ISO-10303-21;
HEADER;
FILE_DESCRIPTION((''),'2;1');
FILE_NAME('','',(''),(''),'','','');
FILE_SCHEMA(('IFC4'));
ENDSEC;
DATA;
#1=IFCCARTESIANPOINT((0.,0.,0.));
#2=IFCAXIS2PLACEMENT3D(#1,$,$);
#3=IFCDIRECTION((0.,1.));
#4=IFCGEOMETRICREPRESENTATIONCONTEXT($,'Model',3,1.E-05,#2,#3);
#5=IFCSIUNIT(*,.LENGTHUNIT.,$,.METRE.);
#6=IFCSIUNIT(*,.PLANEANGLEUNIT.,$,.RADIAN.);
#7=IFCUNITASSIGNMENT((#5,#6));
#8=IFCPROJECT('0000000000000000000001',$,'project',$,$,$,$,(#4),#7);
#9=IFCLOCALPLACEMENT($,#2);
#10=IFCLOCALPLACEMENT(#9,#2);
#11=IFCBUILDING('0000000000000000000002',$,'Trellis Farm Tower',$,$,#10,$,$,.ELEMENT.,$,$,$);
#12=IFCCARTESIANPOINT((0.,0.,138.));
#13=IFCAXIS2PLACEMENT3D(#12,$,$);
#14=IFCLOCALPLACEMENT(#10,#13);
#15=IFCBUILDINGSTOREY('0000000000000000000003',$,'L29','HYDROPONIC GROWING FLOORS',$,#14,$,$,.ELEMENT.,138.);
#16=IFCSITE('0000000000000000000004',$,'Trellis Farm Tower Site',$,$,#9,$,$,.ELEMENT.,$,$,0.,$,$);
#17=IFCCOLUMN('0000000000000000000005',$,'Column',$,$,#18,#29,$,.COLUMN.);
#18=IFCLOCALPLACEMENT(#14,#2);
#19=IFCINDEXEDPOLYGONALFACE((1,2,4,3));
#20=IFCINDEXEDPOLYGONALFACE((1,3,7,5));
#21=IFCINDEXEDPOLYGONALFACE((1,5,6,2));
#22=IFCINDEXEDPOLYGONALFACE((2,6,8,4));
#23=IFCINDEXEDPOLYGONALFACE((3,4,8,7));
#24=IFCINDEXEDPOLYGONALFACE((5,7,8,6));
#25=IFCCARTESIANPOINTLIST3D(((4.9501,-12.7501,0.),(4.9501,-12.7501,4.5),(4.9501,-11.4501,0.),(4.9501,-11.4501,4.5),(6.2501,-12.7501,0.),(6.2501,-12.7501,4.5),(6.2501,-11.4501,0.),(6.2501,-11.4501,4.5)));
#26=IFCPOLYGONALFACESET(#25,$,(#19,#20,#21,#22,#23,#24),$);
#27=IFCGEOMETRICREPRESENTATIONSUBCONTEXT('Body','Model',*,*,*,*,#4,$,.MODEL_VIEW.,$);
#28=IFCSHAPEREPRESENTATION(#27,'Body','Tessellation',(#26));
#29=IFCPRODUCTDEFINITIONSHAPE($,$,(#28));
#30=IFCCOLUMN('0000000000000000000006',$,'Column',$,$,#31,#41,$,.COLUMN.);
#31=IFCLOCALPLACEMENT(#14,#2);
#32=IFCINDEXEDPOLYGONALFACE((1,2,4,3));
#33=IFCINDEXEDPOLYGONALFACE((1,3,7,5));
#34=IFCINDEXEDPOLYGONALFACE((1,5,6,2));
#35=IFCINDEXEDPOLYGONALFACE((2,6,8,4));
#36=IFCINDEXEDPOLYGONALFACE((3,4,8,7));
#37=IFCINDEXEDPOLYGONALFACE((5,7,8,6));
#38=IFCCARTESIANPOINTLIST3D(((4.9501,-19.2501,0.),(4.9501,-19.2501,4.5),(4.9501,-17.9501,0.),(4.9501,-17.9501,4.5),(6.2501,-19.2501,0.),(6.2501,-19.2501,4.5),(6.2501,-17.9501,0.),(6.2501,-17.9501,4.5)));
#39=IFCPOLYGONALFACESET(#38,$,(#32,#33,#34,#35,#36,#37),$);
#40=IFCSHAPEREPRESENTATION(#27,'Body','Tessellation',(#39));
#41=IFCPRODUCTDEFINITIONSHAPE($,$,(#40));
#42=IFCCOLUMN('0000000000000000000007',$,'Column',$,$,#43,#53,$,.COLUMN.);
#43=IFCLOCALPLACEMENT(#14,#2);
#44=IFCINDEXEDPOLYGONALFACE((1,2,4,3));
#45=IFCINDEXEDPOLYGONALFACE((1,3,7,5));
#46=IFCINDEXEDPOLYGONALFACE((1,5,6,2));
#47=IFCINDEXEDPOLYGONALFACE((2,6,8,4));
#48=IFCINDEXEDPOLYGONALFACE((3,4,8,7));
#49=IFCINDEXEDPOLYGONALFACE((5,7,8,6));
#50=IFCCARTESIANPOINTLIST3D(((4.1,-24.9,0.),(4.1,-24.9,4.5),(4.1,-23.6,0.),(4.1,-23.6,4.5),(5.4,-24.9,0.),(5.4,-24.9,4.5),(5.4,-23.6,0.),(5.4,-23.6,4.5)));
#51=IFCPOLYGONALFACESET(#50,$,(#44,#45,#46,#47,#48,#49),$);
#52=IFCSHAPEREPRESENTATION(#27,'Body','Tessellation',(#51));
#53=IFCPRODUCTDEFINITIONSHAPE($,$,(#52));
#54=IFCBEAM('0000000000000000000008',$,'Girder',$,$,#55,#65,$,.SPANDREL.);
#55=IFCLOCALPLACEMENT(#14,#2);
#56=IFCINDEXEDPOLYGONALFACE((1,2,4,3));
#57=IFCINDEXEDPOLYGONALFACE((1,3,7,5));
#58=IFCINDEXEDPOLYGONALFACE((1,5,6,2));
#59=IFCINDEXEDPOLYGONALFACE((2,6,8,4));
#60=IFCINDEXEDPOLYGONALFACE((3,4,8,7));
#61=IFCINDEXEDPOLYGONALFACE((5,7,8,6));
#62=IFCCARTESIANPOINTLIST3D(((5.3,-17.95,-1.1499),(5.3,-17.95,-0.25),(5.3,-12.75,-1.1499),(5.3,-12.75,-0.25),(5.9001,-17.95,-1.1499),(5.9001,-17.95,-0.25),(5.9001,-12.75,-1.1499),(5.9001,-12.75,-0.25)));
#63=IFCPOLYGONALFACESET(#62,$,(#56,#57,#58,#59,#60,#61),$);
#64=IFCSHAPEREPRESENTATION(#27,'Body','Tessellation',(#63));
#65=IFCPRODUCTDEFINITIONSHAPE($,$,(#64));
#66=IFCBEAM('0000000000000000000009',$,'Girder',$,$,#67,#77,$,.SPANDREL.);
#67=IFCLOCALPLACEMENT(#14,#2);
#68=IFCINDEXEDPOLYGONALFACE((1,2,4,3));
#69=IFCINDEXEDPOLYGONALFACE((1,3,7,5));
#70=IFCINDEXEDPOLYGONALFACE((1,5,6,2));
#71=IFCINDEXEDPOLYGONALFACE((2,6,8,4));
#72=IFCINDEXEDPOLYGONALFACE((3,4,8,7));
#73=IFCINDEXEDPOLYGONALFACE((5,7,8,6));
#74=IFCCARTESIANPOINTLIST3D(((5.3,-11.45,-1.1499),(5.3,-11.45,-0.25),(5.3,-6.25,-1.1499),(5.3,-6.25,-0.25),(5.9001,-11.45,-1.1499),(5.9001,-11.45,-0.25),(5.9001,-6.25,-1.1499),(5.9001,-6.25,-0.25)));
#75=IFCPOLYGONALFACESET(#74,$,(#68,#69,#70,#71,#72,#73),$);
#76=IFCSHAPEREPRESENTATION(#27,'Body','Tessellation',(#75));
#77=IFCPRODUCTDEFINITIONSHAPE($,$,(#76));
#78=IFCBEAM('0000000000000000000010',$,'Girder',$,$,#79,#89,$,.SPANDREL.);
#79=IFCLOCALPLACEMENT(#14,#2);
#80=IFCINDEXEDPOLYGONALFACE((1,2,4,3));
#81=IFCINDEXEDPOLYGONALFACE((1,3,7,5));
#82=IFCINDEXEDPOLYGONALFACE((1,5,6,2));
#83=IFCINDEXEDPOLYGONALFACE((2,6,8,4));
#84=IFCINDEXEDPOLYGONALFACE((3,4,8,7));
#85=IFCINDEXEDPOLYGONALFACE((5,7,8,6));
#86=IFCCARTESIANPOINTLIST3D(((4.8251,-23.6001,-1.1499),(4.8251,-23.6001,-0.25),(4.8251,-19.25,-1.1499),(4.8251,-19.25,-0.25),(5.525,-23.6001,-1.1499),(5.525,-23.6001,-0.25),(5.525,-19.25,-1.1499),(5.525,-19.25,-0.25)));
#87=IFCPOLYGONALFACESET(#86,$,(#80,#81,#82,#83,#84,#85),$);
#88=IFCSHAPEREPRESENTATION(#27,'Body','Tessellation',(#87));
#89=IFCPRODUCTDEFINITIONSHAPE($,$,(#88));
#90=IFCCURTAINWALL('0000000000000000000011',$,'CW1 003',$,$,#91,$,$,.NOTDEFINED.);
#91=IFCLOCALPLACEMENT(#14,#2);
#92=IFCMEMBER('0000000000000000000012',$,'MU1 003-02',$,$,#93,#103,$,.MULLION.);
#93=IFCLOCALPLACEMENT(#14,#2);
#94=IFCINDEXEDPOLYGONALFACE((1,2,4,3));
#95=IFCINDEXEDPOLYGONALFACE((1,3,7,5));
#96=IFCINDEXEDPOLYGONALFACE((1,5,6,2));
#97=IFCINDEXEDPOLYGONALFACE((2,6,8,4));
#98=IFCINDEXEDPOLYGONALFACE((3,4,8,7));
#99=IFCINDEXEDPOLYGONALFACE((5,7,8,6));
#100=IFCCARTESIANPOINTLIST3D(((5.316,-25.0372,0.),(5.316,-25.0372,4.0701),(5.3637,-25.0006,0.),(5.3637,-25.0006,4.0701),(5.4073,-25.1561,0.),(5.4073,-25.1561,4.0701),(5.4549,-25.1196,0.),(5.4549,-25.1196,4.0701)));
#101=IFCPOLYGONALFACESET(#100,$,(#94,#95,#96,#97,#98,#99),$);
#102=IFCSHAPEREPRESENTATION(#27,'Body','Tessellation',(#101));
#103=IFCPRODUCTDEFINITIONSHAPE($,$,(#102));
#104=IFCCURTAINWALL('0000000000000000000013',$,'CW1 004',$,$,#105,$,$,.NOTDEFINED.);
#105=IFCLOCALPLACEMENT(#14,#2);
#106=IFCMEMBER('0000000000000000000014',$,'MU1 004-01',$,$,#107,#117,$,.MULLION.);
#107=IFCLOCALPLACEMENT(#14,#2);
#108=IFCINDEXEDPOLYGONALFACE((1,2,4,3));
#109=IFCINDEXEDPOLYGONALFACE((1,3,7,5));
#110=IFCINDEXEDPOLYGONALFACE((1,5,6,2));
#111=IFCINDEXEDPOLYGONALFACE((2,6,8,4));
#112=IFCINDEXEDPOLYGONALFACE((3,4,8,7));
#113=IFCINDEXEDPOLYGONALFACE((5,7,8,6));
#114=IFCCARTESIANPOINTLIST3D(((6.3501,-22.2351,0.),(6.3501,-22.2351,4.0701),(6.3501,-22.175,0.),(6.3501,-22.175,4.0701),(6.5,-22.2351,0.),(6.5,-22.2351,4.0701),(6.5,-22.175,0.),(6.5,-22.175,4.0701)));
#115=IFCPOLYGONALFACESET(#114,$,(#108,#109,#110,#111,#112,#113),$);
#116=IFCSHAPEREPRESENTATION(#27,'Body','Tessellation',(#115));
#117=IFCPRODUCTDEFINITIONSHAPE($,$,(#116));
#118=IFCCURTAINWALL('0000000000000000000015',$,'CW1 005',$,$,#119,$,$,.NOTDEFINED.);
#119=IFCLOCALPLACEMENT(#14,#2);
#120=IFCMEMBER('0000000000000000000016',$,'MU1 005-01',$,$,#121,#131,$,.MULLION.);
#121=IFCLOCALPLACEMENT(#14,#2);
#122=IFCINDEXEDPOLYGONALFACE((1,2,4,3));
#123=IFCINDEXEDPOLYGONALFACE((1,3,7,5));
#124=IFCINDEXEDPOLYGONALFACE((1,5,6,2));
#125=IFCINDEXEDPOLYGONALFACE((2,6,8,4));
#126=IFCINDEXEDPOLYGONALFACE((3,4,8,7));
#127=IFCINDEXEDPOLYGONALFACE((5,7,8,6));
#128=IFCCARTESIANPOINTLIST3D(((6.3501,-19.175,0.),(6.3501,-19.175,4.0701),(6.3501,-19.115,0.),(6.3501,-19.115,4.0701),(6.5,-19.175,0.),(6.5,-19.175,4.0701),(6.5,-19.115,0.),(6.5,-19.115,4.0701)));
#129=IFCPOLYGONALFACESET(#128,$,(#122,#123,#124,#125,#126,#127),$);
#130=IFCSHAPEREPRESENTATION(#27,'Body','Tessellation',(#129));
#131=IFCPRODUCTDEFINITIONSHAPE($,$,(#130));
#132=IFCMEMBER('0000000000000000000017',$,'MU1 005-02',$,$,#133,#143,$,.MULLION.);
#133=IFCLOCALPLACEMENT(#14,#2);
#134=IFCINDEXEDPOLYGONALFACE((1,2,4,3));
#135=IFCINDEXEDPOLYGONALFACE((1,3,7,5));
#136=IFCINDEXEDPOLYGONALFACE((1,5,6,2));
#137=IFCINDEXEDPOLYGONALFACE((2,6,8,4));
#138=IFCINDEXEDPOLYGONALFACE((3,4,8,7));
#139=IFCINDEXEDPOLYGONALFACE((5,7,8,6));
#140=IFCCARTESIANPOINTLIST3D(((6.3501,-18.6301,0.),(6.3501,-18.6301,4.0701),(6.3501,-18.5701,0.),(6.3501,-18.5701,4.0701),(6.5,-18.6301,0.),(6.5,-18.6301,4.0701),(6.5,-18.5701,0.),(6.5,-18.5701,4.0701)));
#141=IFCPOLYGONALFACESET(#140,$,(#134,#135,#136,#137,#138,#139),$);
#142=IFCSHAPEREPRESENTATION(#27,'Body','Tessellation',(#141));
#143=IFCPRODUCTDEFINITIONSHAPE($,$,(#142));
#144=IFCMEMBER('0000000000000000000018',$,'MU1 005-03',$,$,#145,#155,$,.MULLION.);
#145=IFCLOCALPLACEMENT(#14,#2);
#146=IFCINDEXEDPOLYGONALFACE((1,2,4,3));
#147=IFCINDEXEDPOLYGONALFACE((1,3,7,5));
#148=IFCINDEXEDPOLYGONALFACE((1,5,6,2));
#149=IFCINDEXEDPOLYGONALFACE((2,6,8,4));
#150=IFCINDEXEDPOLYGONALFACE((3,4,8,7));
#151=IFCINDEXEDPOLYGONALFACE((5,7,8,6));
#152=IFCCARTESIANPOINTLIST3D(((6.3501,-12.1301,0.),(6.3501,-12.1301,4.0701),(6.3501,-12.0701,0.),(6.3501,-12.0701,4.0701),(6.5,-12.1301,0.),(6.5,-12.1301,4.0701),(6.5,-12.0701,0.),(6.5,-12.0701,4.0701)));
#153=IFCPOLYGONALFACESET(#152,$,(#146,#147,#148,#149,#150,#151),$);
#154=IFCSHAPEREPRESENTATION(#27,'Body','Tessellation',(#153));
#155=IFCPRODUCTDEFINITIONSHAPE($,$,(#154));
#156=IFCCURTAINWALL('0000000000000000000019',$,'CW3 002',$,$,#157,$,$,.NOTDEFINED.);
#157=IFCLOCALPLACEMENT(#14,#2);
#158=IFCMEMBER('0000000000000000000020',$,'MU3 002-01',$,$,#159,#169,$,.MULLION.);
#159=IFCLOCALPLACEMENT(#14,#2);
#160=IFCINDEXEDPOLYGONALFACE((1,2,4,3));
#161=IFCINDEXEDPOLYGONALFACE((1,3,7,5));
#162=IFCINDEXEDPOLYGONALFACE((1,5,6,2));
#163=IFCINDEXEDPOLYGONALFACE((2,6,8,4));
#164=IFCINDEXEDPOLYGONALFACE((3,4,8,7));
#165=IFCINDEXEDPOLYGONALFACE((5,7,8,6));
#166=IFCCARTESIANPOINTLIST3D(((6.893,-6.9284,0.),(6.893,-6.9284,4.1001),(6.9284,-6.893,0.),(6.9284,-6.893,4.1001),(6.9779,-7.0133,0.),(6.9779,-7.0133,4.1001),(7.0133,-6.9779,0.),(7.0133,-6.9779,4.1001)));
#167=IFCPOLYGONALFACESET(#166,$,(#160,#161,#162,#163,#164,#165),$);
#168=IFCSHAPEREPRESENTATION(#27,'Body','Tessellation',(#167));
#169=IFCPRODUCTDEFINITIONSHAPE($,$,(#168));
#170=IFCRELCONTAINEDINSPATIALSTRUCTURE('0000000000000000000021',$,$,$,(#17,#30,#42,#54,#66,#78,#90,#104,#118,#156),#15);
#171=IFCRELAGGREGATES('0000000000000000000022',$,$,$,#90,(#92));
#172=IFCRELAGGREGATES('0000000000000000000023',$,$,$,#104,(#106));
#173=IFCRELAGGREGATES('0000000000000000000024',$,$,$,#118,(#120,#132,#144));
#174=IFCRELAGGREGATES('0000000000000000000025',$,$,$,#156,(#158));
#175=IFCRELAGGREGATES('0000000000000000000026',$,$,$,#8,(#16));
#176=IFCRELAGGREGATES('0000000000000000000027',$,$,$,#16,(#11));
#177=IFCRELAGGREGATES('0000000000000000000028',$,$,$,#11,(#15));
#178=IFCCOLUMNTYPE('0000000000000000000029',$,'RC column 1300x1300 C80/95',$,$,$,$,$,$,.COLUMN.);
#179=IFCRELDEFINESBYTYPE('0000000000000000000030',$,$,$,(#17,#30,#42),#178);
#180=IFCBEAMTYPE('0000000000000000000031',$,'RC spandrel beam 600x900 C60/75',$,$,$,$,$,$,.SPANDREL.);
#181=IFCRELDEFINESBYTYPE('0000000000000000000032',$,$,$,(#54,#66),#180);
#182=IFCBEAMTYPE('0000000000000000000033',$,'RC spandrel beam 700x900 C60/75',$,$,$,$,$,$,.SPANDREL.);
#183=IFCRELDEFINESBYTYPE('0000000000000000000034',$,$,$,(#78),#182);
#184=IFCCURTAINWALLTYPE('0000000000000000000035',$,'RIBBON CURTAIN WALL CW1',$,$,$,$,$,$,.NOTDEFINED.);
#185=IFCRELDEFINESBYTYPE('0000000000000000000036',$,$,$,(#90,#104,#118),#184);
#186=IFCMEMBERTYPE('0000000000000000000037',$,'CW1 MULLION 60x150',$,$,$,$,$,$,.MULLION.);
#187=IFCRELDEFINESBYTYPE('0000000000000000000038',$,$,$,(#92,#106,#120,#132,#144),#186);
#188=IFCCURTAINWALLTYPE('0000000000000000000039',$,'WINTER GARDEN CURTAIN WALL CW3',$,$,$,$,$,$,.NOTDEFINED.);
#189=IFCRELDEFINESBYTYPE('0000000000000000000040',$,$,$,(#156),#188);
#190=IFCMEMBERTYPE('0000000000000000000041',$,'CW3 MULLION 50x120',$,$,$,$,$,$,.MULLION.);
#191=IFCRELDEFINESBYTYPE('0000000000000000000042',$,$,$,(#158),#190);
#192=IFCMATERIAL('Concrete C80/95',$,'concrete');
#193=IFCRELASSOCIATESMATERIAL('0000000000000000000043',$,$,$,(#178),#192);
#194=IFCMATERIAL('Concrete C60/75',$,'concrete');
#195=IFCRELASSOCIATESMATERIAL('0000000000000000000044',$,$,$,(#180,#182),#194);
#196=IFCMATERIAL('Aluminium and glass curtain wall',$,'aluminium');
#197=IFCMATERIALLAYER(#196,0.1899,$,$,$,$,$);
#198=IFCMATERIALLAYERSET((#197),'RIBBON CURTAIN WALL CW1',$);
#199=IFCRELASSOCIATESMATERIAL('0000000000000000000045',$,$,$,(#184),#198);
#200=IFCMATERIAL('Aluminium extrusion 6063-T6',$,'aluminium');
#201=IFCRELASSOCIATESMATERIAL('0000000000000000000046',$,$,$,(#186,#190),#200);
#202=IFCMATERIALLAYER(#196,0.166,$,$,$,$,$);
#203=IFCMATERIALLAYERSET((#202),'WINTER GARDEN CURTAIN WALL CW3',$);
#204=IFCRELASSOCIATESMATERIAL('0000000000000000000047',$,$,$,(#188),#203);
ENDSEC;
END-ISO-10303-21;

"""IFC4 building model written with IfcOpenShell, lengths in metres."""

from ifc_helpers import new_model, si_unit, direction, frame, origin, origin_2d, place, context, subcontext, project, spatial, rectangle, extrude, source, transform, mapped, material, layer, layer_set, material_profile, profile_set, type_object, element, aggregate, save


model = new_model("IFC4")

# Units and contexts
model_context = context("Model", 3, precision=1e-05, world=origin(), true_north=direction((0.0, 1.0)))
body_context = subcontext(model_context, "Body", "Model", "MODEL_VIEW")
ifc_project = project(units=[si_unit("LENGTHUNIT", "METRE"), si_unit("PLANEANGLEUNIT", "RADIAN")], contexts=[model_context])

# Site, building, storey
site_placement = place(None, origin())
site = spatial("IfcSite", under=ifc_project, at=site_placement, Name="Trellis Farm Tower Site", CompositionType="ELEMENT", RefElevation=0.0)
building_placement = place(site_placement, origin())
building = spatial("IfcBuilding", under=site, at=building_placement, Name="Trellis Farm Tower", CompositionType="ELEMENT")
storey_placement = place(building_placement, frame((0.0, 0.0, 138.0)))
storey = spatial("IfcBuildingStorey", under=building, at=storey_placement, Name="L29", Description="HYDROPONIC GROWING FLOORS", CompositionType="ELEMENT", Elevation=138.0)

# Columns
ifc_material_1 = material(Name="Concrete C80/95", Category="concrete")
ifc_material_profile_1 = material_profile(ifc_material_1, rectangle(XDim=1.3, YDim=1.3, at=origin_2d()), Name="RC column 1300x1300 C80/95")
ifc_profile_set_1 = profile_set([ifc_material_profile_1], Name="Concrete C80/95")
column_type = type_object("IfcColumnType", Name="RC column 1300x1300 C80/95", PredefinedType="COLUMN", material=ifc_profile_set_1)
shared_shape_1 = source(origin(), body_context, "Body", "SweptSolid", [
    extrude(rectangle(XDim=1.3, YDim=1.3, at=origin_2d()), origin(), (0.0, 0.0, 1.0), 4.5),
])
for number, where, z_axis, x_axis, name in (
    (1, (5.6001, -12.1001, 0.0), (0.0, 0.0, 1.0), (1.0, 0.0, 0.0), "Column"),
    (2, (5.6001, -18.6001, 0.0), (0.0, 0.0, 1.0), (1.0, 0.0, 0.0), "Column"),
    (3, (4.75, -24.25, 0.0), (0.0, 0.0, 1.0), (1.0, 0.0, 0.0), "Column"),
):
    element("IfcColumn", number, at=place(storey_placement, frame(where, z_axis=z_axis, x_axis=x_axis)), inside=storey, type_object=column_type, Name=name, PredefinedType="COLUMN", context=body_context, shape_type="MappedRepresentation", body=[
        mapped(shared_shape_1, transform((0.0, 0.0, 0.0))),
    ])

# Beams
ifc_material_2 = material(Name="Concrete C60/75", Category="concrete")
ifc_material_profile_2 = material_profile(ifc_material_2, rectangle(XDim=0.6001, YDim=0.8999, at=origin_2d()), Name="RC spandrel beam 600x900 C60/75")
ifc_profile_set_2 = profile_set([ifc_material_profile_2], Name="Concrete C60/75")
beam_type_1 = type_object("IfcBeamType", Name="RC spandrel beam 600x900 C60/75", PredefinedType="SPANDREL", material=ifc_profile_set_2)
shared_shape_2 = source(origin(), body_context, "Body", "SweptSolid", [
    extrude(rectangle(XDim=0.6001, YDim=0.8999, at=origin_2d()), origin(), (0.0, 0.0, 1.0), 5.2),
])
for number, where, z_axis, x_axis, name in (
    (4, (5.6001, -17.95, -0.7), (0.0, 1.0, 0.0), (-1.0, 0.0, 0.0), "Girder"),
    (5, (5.6001, -11.45, -0.7), (0.0, 1.0, 0.0), (-1.0, 0.0, 0.0), "Girder"),
):
    element("IfcBeam", number, at=place(storey_placement, frame(where, z_axis=z_axis, x_axis=x_axis)), inside=storey, type_object=beam_type_1, Name=name, PredefinedType="SPANDREL", context=body_context, shape_type="MappedRepresentation", body=[
        mapped(shared_shape_2, transform((0.0, 0.0, 0.0))),
    ])
ifc_material_profile_3 = material_profile(ifc_material_2, rectangle(XDim=0.7, YDim=0.8999, at=origin_2d()), Name="RC spandrel beam 700x900 C60/75")
ifc_profile_set_3 = profile_set([ifc_material_profile_3], Name="Concrete C60/75")
beam_type_2 = type_object("IfcBeamType", Name="RC spandrel beam 700x900 C60/75", PredefinedType="SPANDREL", material=ifc_profile_set_3)
shared_shape_3 = source(origin(), body_context, "Body", "SweptSolid", [
    extrude(rectangle(XDim=0.7, YDim=0.8999, at=origin_2d()), origin(), (0.0, 0.0, 1.0), 4.3501),
])
beam_placement = place(storey_placement, frame((5.175, -23.6001, -0.7), z_axis=(0.0, 1.0, 0.0), x_axis=(-1.0, 0.0, 0.0)))
element("IfcBeam", 6, at=beam_placement, inside=storey, type_object=beam_type_2, Name="Girder", PredefinedType="SPANDREL", context=body_context, shape_type="MappedRepresentation", body=[
    mapped(shared_shape_3, transform((0.0, 0.0, 0.0))),
])

# Curtain walls, members
ifc_material_3 = material(Name="Aluminium and glass curtain wall", Category="aluminium")
ifc_layer_1 = layer(ifc_material_3, 0.1899)
ifc_layer_set_1 = layer_set([ifc_layer_1], Name="RIBBON CURTAIN WALL CW1")
curtain_wall_type_1 = type_object("IfcCurtainWallType", Name="RIBBON CURTAIN WALL CW1", PredefinedType="NOTDEFINED", material=ifc_layer_set_1)
placement = place(storey_placement, origin())
curtain_wall_1 = element("IfcCurtainWall", 7, at=placement, inside=storey, type_object=curtain_wall_type_1, Name="CW1 003", PredefinedType="NOTDEFINED")
ifc_material_4 = material(Name="Aluminium extrusion 6063-T6", Category="aluminium")
ifc_material_profile_4 = material_profile(ifc_material_4, rectangle(XDim=0.0601, YDim=0.1499, at=origin_2d()), Name="MULLION 60x150")
ifc_profile_set_4 = profile_set([ifc_material_profile_4], Name="Aluminium extrusion 6063-T6")
member_type_1 = type_object("IfcMemberType", Name="CW1 MULLION 60x150", PredefinedType="MULLION", material=ifc_profile_set_4)
shared_shape_4 = source(origin(), body_context, "Body", "SweptSolid", [
    extrude(rectangle(XDim=0.0601, YDim=0.1499, at=origin_2d()), origin(), (0.0, 0.0, 1.0), 4.0701),
])
member_1_placement = place(storey_placement, frame((5.3855, -25.0784, 0.0), z_axis=(0.0, 0.0, 1.0), x_axis=(0.793353, 0.608761, 0.0)))
member_1 = element("IfcMember", 8, at=member_1_placement, type_object=member_type_1, Name="MU1 003-02", PredefinedType="MULLION", context=body_context, shape_type="MappedRepresentation", body=[
    mapped(shared_shape_4, transform((0.0, 0.0, 0.0))),
])
aggregate(curtain_wall_1, [member_1])
curtain_wall_2 = element("IfcCurtainWall", 9, at=placement, inside=storey, type_object=curtain_wall_type_1, Name="CW1 004", PredefinedType="NOTDEFINED")
member_2_placement = place(storey_placement, frame((6.425, -22.2051, 0.0), z_axis=(0.0, 0.0, 1.0), x_axis=(0.0, 1.0, 0.0)))
member_2 = element("IfcMember", 10, at=member_2_placement, type_object=member_type_1, Name="MU1 004-01", PredefinedType="MULLION", context=body_context, shape_type="MappedRepresentation", body=[
    mapped(shared_shape_4, transform((0.0, 0.0, 0.0))),
])
aggregate(curtain_wall_2, [member_2])

# Curtain wall, members
curtain_wall_3 = element("IfcCurtainWall", 11, at=placement, inside=storey, type_object=curtain_wall_type_1, Name="CW1 005", PredefinedType="NOTDEFINED")
member_3_placement = place(storey_placement, frame((6.425, -19.145, 0.0), z_axis=(0.0, 0.0, 1.0), x_axis=(0.0, 1.0, 0.0)))
member_3 = element("IfcMember", 12, at=member_3_placement, type_object=member_type_1, Name="MU1 005-01", PredefinedType="MULLION", context=body_context, shape_type="MappedRepresentation", body=[
    mapped(shared_shape_4, transform((0.0, 0.0, 0.0))),
])
member_4_placement = place(storey_placement, frame((6.425, -18.6001, 0.0), z_axis=(0.0, 0.0, 1.0), x_axis=(0.0, 1.0, 0.0)))
member_4 = element("IfcMember", 13, at=member_4_placement, type_object=member_type_1, Name="MU1 005-02", PredefinedType="MULLION", context=body_context, shape_type="MappedRepresentation", body=[
    mapped(shared_shape_4, transform((0.0, 0.0, 0.0))),
])
member_5_placement = place(storey_placement, frame((6.425, -12.1001, 0.0), z_axis=(0.0, 0.0, 1.0), x_axis=(0.0, 1.0, 0.0)))
member_5 = element("IfcMember", 14, at=member_5_placement, type_object=member_type_1, Name="MU1 005-03", PredefinedType="MULLION", context=body_context, shape_type="MappedRepresentation", body=[
    mapped(shared_shape_4, transform((0.0, 0.0, 0.0))),
])
aggregate(curtain_wall_3, [member_3, member_4, member_5])

# Curtain wall, member
ifc_layer_2 = layer(ifc_material_3, 0.166)
ifc_layer_set_2 = layer_set([ifc_layer_2], Name="WINTER GARDEN CURTAIN WALL CW3")
curtain_wall_type_2 = type_object("IfcCurtainWallType", Name="WINTER GARDEN CURTAIN WALL CW3", PredefinedType="NOTDEFINED", material=ifc_layer_set_2)
curtain_wall_4 = element("IfcCurtainWall", 15, at=placement, inside=storey, type_object=curtain_wall_type_2, Name="CW3 002", PredefinedType="NOTDEFINED")
ifc_material_profile_5 = material_profile(ifc_material_4, rectangle(XDim=0.05, YDim=0.1201, at=origin_2d()), Name="MULLION 50x120")
ifc_profile_set_5 = profile_set([ifc_material_profile_5], Name="Aluminium extrusion 6063-T6")
member_type_2 = type_object("IfcMemberType", Name="CW3 MULLION 50x120", PredefinedType="MULLION", material=ifc_profile_set_5)
shared_shape_5 = source(origin(), body_context, "Body", "SweptSolid", [
    extrude(rectangle(XDim=0.05, YDim=0.1201, at=origin_2d()), origin(), (0.0, 0.0, 1.0), 4.1001),
])
member_6_placement = place(storey_placement, frame((6.9531, -6.9531, 0.0), z_axis=(0.0, 0.0, 1.0), x_axis=(0.707107, 0.707107, 0.0)))
member_6 = element("IfcMember", 16, at=member_6_placement, type_object=member_type_2, Name="MU3 002-01", PredefinedType="MULLION", context=body_context, shape_type="MappedRepresentation", body=[
    mapped(shared_shape_5, transform((0.0, 0.0, 0.0))),
])
aggregate(curtain_wall_4, [member_6])

save(model, "model.ifc")
